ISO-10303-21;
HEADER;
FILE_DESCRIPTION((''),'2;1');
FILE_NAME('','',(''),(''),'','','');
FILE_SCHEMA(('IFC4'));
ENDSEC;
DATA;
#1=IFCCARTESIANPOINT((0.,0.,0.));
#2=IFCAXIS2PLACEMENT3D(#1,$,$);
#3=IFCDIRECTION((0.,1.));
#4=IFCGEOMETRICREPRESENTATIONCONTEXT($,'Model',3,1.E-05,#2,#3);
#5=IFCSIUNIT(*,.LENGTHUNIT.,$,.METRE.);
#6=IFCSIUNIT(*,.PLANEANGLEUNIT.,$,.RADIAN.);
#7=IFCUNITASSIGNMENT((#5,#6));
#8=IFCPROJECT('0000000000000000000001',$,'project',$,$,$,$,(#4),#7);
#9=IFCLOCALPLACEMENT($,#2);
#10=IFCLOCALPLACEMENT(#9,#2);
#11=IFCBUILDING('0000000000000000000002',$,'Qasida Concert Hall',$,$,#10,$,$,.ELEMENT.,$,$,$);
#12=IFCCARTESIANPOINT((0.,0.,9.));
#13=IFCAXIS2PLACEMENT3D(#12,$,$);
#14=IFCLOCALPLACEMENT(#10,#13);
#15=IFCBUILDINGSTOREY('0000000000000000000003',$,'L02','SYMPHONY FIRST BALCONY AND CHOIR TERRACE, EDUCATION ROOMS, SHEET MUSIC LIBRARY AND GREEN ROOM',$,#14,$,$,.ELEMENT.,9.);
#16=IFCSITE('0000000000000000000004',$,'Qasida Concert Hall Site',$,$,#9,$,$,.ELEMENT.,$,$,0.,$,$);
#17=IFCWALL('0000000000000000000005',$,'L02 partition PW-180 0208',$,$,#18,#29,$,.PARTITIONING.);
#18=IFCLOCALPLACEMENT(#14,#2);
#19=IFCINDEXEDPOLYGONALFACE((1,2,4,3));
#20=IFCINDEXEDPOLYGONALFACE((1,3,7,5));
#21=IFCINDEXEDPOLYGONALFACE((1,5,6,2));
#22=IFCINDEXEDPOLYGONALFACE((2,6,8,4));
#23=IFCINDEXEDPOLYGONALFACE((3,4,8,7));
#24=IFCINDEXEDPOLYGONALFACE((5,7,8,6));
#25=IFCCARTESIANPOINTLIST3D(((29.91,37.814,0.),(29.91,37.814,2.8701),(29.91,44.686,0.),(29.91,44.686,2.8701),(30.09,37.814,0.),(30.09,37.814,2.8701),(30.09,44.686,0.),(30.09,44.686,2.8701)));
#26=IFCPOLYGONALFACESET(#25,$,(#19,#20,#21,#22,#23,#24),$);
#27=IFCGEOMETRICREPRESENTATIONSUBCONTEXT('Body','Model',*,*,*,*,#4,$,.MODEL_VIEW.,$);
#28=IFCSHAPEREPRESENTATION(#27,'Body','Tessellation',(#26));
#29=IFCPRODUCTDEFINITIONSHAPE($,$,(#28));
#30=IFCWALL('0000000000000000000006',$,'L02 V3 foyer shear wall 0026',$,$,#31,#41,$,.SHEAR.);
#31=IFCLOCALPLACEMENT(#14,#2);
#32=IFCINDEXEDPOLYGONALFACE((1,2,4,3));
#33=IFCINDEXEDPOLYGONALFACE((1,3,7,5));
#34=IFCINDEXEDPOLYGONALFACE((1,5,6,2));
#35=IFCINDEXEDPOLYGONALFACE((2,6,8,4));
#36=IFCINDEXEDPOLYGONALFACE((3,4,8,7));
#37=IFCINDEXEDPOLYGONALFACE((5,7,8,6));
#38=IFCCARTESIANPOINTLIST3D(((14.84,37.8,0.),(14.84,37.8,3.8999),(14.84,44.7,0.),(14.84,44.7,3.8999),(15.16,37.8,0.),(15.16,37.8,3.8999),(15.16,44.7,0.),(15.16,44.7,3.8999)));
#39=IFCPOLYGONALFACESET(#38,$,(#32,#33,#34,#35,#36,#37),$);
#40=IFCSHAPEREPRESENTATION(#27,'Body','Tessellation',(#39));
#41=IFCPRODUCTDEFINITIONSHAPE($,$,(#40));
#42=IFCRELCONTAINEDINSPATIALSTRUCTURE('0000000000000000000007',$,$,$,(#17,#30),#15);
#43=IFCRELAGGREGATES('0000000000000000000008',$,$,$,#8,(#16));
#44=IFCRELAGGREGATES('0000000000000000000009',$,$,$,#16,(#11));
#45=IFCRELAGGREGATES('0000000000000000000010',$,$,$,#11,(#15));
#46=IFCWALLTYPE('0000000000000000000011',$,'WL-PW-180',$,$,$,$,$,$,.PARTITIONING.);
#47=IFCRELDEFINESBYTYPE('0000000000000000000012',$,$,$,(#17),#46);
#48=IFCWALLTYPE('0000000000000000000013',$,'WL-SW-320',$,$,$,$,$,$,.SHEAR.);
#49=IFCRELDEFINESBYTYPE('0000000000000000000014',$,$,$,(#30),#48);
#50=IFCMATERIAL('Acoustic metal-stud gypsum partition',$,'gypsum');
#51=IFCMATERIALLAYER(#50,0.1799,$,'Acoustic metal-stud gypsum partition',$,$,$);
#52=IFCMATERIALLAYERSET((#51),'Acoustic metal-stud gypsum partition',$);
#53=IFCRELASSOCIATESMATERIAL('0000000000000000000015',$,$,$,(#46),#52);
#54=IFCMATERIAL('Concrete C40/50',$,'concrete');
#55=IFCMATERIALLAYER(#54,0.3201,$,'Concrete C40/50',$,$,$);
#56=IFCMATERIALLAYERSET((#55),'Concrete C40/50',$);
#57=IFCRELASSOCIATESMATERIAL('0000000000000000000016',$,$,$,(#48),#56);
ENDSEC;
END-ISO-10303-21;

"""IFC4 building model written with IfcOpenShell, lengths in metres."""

from ifc_helpers import new_model, si_unit, direction, frame, frame_2d, origin, place, context, subcontext, project, spatial, rectangle, extrude, material, layer, layer_set, type_object, element, save


model = new_model("IFC4")

# Units and contexts
model_context = context("Model", 3, precision=1e-05, world=origin(), true_north=direction((0.0, 1.0)))
body_context = subcontext(model_context, "Body", "Model", "MODEL_VIEW")
ifc_project = project(units=[si_unit("LENGTHUNIT", "METRE"), si_unit("PLANEANGLEUNIT", "RADIAN")], contexts=[model_context])

# Site, building, storey
site_placement = place(None, origin())
site = spatial("IfcSite", under=ifc_project, at=site_placement, Name="Qasida Concert Hall Site", CompositionType="ELEMENT", RefElevation=0.0)
building_placement = place(site_placement, origin())
building = spatial("IfcBuilding", under=site, at=building_placement, Name="Qasida Concert Hall", CompositionType="ELEMENT")
storey_placement = place(building_placement, frame((0.0, 0.0, 9.0)))
storey = spatial("IfcBuildingStorey", under=building, at=storey_placement, Name="L02", Description="SYMPHONY FIRST BALCONY AND CHOIR TERRACE, EDUCATION ROOMS, SHEET MUSIC LIBRARY AND GREEN ROOM", CompositionType="ELEMENT", Elevation=9.0)

# Shared definitions
ifc_material_1 = material(Name="Concrete C40/50", Category="concrete")

# Shared definitions
ifc_material_2 = material(Name="Acoustic metal-stud gypsum partition", Category="gypsum")
ifc_layer_1 = layer(ifc_material_2, 0.1799, Name="Acoustic metal-stud gypsum partition")
ifc_layer_set_1 = layer_set([ifc_layer_1], Name="Acoustic metal-stud gypsum partition")
wall_type_1 = type_object("IfcWallType", Name="WL-PW-180", PredefinedType="PARTITIONING", material=ifc_layer_set_1)

# Walls
wall_1_placement = place(storey_placement, frame((30.0, 37.814, 0.0), z_axis=(0.0, 0.0, 1.0), x_axis=(0.0, 1.0, 0.0)))
element("IfcWall", 1, at=wall_1_placement, inside=storey, type_object=wall_type_1, Name="L02 partition PW-180 0208", PredefinedType="PARTITIONING", context=body_context, shape_type="SweptSolid", body=[
    extrude(rectangle(XDim=6.8721, YDim=0.1799, at=frame_2d((3.436, 0.0))), origin(), (0.0, 0.0, 1.0), 2.8701),
])
ifc_layer_2 = layer(ifc_material_1, 0.3201, Name="Concrete C40/50")
ifc_layer_set_2 = layer_set([ifc_layer_2], Name="Concrete C40/50")
wall_type_2 = type_object("IfcWallType", Name="WL-SW-320", PredefinedType="SHEAR", material=ifc_layer_set_2)
wall_2_placement = place(storey_placement, frame((15.0, 37.8, 0.0), z_axis=(0.0, 0.0, 1.0), x_axis=(0.0, 1.0, 0.0)))
element("IfcWall", 2, at=wall_2_placement, inside=storey, type_object=wall_type_2, Name="L02 V3 foyer shear wall 0026", PredefinedType="SHEAR", context=body_context, shape_type="SweptSolid", body=[
    extrude(rectangle(XDim=6.8999, YDim=0.3201, at=frame_2d((3.45, 0.0))), origin(), (0.0, 0.0, 1.0), 3.8999),
])

save(model, "model.ifc")
